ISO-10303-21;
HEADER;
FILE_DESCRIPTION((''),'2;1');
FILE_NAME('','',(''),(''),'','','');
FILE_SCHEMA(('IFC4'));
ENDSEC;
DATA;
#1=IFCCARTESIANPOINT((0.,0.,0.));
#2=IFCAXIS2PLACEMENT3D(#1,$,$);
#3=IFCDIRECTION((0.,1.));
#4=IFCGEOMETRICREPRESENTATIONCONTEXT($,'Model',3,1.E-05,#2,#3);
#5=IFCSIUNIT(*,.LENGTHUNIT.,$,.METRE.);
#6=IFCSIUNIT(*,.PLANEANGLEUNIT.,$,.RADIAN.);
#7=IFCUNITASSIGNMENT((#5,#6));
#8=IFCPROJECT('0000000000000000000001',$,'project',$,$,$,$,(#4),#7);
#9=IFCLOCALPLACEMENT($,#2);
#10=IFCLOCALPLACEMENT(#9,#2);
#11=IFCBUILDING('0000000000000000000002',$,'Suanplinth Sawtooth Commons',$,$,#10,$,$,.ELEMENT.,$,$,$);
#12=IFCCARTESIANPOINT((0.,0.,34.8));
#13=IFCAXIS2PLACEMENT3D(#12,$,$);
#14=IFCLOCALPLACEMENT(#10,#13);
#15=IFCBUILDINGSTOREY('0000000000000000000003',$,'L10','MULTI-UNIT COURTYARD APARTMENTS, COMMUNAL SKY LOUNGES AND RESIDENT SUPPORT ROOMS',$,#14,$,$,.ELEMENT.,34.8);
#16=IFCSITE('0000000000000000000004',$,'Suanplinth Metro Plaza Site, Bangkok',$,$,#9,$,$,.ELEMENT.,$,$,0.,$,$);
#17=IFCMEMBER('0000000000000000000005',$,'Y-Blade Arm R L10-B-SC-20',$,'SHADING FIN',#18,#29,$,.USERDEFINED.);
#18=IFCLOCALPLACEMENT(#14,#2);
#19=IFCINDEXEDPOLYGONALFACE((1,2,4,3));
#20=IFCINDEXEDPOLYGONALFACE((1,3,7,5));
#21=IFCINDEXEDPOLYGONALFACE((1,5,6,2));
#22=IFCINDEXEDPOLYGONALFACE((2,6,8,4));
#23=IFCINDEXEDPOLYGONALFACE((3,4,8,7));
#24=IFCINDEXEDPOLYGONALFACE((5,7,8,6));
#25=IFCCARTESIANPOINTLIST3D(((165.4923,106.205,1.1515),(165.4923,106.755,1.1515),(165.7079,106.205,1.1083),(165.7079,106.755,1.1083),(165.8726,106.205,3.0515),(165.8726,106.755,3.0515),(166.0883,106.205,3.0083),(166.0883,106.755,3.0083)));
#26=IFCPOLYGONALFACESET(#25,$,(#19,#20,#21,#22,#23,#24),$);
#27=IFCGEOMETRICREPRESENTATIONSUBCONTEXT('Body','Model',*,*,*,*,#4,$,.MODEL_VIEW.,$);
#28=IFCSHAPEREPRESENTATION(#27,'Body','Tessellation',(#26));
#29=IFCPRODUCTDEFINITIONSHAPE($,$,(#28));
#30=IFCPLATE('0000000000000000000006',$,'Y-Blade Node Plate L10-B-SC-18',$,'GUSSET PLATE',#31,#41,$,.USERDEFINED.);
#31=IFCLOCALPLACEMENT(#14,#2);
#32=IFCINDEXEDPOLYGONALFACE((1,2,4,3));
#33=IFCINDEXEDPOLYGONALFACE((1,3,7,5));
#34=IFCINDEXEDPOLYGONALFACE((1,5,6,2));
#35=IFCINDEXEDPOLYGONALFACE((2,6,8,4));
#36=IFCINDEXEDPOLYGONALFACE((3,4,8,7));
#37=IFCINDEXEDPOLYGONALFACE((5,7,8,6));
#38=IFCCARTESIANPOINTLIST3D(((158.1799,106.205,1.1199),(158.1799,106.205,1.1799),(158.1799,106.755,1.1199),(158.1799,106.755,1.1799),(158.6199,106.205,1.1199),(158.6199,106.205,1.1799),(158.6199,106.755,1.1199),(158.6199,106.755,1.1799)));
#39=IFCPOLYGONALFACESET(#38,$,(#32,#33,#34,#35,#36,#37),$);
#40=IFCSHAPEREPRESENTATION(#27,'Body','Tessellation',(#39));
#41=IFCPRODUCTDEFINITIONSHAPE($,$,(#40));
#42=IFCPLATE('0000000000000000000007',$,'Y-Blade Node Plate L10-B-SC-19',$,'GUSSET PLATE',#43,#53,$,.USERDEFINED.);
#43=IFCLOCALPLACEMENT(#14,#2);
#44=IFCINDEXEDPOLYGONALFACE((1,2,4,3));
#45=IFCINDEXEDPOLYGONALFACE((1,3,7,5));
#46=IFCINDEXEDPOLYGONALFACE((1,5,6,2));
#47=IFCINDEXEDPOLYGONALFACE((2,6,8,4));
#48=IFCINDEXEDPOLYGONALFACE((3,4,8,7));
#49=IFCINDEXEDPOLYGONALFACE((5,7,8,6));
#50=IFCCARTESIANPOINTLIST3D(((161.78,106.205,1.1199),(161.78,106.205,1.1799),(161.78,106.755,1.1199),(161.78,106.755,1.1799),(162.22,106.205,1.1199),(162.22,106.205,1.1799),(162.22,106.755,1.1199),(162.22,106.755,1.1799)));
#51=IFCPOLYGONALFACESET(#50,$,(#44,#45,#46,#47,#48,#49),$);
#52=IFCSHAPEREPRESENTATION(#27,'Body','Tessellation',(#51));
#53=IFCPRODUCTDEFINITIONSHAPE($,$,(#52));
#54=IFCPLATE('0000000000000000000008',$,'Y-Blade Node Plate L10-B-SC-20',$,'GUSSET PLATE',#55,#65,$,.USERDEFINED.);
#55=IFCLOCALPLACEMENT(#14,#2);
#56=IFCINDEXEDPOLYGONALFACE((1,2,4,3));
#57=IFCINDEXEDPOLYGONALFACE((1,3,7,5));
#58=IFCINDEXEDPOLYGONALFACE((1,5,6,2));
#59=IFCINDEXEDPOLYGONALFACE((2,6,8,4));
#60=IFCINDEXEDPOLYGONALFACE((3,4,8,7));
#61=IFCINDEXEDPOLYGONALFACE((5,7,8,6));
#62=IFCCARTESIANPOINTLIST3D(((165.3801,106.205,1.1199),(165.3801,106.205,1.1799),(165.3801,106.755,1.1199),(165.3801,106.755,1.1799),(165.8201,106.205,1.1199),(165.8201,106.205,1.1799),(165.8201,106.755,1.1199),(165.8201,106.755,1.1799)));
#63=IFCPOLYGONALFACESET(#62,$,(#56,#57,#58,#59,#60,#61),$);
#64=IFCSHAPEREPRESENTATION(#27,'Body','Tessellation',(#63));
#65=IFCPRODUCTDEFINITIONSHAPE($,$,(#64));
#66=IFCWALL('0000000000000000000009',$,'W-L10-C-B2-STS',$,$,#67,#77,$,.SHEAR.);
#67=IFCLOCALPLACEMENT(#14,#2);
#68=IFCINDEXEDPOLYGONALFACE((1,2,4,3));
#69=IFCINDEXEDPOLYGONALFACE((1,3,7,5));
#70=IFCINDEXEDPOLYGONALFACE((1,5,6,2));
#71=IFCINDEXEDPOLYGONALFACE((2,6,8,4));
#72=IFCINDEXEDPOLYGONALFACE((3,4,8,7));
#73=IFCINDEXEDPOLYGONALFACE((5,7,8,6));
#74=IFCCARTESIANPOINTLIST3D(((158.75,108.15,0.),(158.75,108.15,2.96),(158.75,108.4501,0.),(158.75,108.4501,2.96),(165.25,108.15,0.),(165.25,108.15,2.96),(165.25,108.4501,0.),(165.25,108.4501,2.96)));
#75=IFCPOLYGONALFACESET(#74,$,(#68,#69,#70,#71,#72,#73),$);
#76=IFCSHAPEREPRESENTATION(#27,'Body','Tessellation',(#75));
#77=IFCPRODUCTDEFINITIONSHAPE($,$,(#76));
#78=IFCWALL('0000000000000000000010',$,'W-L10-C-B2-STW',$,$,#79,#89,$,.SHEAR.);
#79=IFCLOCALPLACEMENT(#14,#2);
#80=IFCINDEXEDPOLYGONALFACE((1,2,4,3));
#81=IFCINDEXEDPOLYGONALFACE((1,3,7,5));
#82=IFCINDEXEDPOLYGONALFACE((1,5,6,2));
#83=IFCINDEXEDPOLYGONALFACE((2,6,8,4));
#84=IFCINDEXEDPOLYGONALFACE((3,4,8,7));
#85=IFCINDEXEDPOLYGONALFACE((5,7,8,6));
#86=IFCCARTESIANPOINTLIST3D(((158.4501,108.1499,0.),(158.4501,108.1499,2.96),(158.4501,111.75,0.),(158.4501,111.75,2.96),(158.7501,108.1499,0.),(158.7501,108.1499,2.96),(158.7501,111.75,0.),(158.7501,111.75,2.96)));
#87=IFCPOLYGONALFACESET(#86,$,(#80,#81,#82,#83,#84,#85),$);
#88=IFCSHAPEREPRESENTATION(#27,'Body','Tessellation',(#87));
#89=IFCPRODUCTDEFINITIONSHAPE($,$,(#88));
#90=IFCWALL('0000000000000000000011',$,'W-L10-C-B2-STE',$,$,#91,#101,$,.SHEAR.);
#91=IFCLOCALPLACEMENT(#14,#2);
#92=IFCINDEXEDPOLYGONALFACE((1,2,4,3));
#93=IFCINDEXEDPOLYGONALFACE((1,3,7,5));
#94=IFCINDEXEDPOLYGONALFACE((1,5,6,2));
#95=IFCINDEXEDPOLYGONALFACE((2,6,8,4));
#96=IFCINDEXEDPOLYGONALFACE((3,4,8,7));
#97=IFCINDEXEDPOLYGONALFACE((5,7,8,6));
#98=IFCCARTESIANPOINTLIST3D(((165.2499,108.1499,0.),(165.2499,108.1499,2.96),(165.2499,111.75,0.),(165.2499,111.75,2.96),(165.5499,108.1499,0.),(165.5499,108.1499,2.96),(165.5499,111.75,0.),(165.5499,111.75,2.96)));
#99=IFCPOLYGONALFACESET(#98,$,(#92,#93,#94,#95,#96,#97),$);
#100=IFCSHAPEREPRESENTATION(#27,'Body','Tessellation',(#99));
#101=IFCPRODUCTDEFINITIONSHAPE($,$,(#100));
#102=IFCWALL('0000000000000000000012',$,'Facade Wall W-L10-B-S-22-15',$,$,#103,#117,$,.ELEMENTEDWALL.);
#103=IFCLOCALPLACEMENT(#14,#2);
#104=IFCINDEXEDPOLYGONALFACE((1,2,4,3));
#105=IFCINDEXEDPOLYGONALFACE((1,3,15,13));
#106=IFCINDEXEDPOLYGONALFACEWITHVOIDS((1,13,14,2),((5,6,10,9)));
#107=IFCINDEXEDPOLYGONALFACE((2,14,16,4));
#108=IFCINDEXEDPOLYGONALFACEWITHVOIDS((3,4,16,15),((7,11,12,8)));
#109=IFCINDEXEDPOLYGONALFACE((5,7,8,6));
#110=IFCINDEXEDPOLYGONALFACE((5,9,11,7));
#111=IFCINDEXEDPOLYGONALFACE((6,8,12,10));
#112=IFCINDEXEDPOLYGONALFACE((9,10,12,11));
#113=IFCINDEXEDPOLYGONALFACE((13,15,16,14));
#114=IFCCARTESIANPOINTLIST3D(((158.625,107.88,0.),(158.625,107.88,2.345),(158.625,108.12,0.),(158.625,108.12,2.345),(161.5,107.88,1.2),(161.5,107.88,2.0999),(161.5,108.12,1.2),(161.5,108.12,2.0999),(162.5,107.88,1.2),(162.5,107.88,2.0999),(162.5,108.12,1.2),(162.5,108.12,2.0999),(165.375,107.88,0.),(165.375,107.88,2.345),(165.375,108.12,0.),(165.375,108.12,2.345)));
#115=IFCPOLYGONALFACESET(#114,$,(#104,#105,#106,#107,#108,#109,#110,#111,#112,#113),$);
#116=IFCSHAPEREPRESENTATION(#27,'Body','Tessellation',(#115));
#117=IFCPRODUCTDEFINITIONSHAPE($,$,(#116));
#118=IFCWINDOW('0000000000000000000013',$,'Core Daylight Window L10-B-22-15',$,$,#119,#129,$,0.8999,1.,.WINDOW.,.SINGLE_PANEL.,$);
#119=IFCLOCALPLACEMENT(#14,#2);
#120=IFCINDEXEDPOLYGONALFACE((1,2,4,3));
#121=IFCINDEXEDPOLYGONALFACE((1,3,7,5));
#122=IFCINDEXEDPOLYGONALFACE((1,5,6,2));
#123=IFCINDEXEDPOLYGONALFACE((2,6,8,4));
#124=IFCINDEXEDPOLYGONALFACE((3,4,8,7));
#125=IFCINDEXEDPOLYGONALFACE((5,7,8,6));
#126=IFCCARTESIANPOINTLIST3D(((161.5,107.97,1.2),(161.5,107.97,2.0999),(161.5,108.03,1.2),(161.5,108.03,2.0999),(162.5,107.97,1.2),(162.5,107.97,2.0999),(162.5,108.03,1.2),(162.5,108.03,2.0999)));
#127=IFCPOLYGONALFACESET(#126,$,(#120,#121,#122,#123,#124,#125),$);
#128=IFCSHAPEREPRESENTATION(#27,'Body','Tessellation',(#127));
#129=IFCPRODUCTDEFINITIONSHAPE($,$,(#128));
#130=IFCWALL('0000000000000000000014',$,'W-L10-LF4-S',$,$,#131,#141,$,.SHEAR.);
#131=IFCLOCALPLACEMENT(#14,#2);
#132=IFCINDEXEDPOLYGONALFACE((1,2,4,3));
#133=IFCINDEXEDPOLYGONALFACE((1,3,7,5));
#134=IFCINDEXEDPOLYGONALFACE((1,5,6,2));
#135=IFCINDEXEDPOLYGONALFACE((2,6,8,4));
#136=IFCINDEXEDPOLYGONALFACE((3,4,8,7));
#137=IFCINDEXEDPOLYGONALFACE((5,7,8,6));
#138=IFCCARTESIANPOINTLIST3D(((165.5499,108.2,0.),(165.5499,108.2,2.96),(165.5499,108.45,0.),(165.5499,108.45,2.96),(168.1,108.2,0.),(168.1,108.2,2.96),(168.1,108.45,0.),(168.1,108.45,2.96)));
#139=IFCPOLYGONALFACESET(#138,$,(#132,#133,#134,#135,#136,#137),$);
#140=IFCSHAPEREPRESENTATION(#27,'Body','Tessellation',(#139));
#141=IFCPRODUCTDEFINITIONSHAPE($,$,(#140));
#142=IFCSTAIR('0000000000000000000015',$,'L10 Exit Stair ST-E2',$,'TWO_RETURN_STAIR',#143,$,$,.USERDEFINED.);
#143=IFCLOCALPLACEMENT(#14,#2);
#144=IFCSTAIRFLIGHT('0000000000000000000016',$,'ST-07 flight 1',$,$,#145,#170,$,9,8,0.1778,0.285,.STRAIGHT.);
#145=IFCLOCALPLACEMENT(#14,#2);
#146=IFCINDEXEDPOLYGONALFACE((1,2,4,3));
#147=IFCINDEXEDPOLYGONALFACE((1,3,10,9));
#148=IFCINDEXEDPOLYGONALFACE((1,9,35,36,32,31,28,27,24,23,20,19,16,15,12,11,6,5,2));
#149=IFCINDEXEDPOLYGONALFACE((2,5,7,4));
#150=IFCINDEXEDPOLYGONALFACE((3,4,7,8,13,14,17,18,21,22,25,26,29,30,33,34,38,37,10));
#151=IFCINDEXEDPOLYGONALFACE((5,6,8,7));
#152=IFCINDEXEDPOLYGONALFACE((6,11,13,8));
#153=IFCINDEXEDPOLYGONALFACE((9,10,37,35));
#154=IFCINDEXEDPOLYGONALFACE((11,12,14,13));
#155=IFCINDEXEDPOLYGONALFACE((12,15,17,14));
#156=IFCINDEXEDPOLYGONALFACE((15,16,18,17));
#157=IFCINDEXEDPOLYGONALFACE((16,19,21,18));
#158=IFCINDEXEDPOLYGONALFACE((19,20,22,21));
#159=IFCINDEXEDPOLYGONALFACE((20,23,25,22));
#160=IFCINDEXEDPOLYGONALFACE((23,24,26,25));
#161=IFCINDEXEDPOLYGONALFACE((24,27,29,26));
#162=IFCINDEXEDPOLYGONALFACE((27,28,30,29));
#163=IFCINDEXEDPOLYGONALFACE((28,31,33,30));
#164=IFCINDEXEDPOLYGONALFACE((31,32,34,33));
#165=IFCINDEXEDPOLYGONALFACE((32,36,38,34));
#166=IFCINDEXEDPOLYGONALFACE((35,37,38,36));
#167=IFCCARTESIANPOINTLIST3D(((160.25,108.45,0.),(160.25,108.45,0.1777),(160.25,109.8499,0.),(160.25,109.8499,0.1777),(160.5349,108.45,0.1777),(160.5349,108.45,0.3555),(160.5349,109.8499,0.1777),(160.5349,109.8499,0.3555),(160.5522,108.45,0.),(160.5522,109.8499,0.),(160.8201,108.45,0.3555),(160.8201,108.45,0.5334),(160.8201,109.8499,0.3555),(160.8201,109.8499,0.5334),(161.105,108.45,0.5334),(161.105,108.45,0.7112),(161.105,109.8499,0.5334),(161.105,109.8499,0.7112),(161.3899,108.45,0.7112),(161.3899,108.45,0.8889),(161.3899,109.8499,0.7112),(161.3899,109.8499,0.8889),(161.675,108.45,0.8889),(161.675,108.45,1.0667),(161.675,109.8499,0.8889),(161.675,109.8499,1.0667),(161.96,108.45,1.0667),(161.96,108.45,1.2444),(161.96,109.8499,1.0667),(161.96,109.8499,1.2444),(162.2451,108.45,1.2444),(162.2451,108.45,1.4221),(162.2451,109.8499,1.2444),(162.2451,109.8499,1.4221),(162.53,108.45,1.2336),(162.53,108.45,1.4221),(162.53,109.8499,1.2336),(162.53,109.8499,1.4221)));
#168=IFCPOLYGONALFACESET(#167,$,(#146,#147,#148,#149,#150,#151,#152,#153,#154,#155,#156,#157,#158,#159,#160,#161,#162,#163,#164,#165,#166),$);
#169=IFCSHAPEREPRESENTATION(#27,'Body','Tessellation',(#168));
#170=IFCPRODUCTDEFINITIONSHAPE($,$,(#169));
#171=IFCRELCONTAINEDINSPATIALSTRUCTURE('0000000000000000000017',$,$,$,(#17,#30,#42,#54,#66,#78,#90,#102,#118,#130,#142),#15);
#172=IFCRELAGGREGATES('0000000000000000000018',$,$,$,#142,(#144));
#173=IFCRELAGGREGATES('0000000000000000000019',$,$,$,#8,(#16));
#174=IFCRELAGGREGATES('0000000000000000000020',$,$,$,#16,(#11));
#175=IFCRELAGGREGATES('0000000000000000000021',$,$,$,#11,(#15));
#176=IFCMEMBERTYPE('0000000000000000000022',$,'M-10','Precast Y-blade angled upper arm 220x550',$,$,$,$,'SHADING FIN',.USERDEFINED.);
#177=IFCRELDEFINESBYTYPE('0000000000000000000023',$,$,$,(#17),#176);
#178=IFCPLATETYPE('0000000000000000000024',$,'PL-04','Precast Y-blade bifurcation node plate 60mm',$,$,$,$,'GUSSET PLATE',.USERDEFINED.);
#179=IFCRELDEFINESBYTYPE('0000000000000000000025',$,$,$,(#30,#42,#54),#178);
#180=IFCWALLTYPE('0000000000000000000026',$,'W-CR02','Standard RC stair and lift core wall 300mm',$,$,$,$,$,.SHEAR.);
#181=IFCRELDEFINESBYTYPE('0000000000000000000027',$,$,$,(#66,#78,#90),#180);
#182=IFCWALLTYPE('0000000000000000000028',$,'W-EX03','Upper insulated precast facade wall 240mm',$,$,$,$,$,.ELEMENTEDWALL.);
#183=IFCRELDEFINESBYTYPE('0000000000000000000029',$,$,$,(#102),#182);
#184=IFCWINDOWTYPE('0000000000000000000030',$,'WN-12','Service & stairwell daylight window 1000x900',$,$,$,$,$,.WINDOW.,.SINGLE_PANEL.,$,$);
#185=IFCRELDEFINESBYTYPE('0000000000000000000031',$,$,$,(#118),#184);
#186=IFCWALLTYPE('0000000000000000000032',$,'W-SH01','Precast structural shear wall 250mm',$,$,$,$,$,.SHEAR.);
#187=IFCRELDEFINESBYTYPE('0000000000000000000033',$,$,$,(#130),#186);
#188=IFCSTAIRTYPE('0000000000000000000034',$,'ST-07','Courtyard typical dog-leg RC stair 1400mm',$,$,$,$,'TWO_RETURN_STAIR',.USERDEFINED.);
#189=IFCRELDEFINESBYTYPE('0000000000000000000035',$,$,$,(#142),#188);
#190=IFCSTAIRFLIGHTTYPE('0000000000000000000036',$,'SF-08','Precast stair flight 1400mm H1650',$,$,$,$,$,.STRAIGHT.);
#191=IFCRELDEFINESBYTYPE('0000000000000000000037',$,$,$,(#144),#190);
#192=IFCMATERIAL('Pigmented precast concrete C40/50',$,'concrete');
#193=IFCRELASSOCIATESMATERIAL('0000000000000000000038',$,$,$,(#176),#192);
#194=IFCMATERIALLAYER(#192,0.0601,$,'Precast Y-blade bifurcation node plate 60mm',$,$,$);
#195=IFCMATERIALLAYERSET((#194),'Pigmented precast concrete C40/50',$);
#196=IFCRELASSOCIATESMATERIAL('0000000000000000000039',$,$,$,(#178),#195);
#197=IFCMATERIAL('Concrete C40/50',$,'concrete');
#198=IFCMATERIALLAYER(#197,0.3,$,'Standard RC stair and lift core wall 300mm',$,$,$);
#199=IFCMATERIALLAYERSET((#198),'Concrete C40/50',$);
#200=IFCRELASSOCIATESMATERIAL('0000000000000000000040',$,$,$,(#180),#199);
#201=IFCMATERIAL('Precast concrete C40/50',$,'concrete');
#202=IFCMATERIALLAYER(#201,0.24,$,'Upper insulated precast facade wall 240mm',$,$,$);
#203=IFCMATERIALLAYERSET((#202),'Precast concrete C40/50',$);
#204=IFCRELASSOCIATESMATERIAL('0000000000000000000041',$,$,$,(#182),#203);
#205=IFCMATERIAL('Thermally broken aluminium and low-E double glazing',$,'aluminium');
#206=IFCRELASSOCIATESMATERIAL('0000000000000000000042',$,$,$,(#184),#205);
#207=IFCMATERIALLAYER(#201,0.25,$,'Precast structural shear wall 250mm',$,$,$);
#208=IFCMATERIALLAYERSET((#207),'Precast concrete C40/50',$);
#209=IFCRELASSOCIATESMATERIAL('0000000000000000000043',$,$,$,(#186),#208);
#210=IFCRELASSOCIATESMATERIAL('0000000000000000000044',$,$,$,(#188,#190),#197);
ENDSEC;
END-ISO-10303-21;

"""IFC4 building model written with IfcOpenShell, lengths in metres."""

from ifc_helpers import new_model, si_unit, direction, frame, frame_2d, origin, origin_2d, place, context, subcontext, project, spatial, polyline, rectangle, outline, extrude, material, layer, layer_set, material_profile, profile_set, type_object, element, fill, aggregate, save


model = new_model("IFC4")

# Units and contexts
model_context = context("Model", 3, precision=1e-05, world=origin(), true_north=direction((0.0, 1.0)))
body_context = subcontext(model_context, "Body", "Model", "MODEL_VIEW")
ifc_project = project(units=[si_unit("LENGTHUNIT", "METRE"), si_unit("PLANEANGLEUNIT", "RADIAN")], contexts=[model_context])

# Site, building, storey
site_placement = place(None, origin())
site = spatial("IfcSite", under=ifc_project, at=site_placement, Name="Suanplinth Metro Plaza Site, Bangkok", CompositionType="ELEMENT", RefElevation=0.0)
building_placement = place(site_placement, origin())
building = spatial("IfcBuilding", under=site, at=building_placement, Name="Suanplinth Sawtooth Commons", CompositionType="ELEMENT")
storey_placement = place(building_placement, frame((0.0, 0.0, 34.8)))
storey = spatial("IfcBuildingStorey", under=building, at=storey_placement, Name="L10", Description="MULTI-UNIT COURTYARD APARTMENTS, COMMUNAL SKY LOUNGES AND RESIDENT SUPPORT ROOMS", CompositionType="ELEMENT", Elevation=34.8)

# Shared definitions
ifc_material_1 = material(Name="Precast concrete C40/50", Category="concrete")

# Member
ifc_material_2 = material(Name="Pigmented precast concrete C40/50", Category="concrete")
ifc_material_profile_1 = material_profile(ifc_material_2, rectangle(XDim=0.22, YDim=0.55, at=origin_2d()), Name="PC-FIN 220x550")
ifc_profile_set_1 = profile_set([ifc_material_profile_1], Name="Pigmented precast concrete C40/50")
member_type_1 = type_object("IfcMemberType", Name="M-10", Description="Precast Y-blade angled upper arm 220x550", ElementType="SHADING FIN", PredefinedType="USERDEFINED", material=ifc_profile_set_1)
member_1_placement = place(storey_placement, frame((165.6001, 106.48, 1.1299), z_axis=(0.196286, 0.0, 0.980547), x_axis=(-0.980547, 0.0, 0.196286)))
element("IfcMember", 1, at=member_1_placement, inside=storey, type_object=member_type_1, Name="Y-Blade Arm R L10-B-SC-20", ObjectType="SHADING FIN", PredefinedType="USERDEFINED", context=body_context, shape_type="SweptSolid", body=[
    extrude(rectangle(XDim=0.22, YDim=0.55, at=origin_2d()), origin(), (0.0, 0.0, 1.0), 1.9377),
])

# Plates
ifc_layer_1 = layer(ifc_material_2, 0.0601, Name="Precast Y-blade bifurcation node plate 60mm")
ifc_layer_set_1 = layer_set([ifc_layer_1], Name="Pigmented precast concrete C40/50")
plate_type = type_object("IfcPlateType", Name="PL-04", Description="Precast Y-blade bifurcation node plate 60mm", ElementType="GUSSET PLATE", PredefinedType="USERDEFINED", material=ifc_layer_set_1)
for number, where, z_axis, x_axis, name in (
    (2, (158.3999, 106.48, 1.1199), (0.0, 0.0, 1.0), (1.0, 0.0, 0.0), "Y-Blade Node Plate L10-B-SC-18"),
    (3, (162.0, 106.48, 1.1199), (0.0, 0.0, 1.0), (1.0, 0.0, 0.0), "Y-Blade Node Plate L10-B-SC-19"),
    (4, (165.6001, 106.48, 1.1199), (0.0, 0.0, 1.0), (1.0, 0.0, 0.0), "Y-Blade Node Plate L10-B-SC-20"),
):
    element("IfcPlate", number, at=place(storey_placement, frame(where, z_axis=z_axis, x_axis=x_axis)), inside=storey, type_object=plate_type, Name=name, ObjectType="GUSSET PLATE", PredefinedType="USERDEFINED", context=body_context, shape_type="SweptSolid", body=[
        extrude(rectangle(XDim=0.4399, YDim=0.55, at=origin_2d()), origin(), (0.0, 0.0, 1.0), 0.0601),
    ])

# Walls
ifc_material_3 = material(Name="Concrete C40/50", Category="concrete")
ifc_layer_2 = layer(ifc_material_3, 0.3, Name="Standard RC stair and lift core wall 300mm")
ifc_layer_set_2 = layer_set([ifc_layer_2], Name="Concrete C40/50")
wall_type_1 = type_object("IfcWallType", Name="W-CR02", Description="Standard RC stair and lift core wall 300mm", PredefinedType="SHEAR", material=ifc_layer_set_2)
wall_1_placement = place(storey_placement, frame((158.75, 108.3, 0.0), z_axis=(0.0, 0.0, 1.0), x_axis=(1.0, 0.0, 0.0)))
element("IfcWall", 5, at=wall_1_placement, inside=storey, type_object=wall_type_1, Name="W-L10-C-B2-STS", PredefinedType="SHEAR", context=body_context, shape_type="SweptSolid", body=[
    extrude(rectangle(XDim=6.5, YDim=0.3, at=frame_2d((3.25, 0.0))), origin(), (0.0, 0.0, 1.0), 2.96),
])
for number, where, z_axis, x_axis, name in (
    (6, (158.6001, 108.1499, 0.0), (0.0, 0.0, 1.0), (0.0, 1.0, 0.0), "W-L10-C-B2-STW"),
    (7, (165.3999, 108.1499, 0.0), (0.0, 0.0, 1.0), (0.0, 1.0, 0.0), "W-L10-C-B2-STE"),
):
    element("IfcWall", number, at=place(storey_placement, frame(where, z_axis=z_axis, x_axis=x_axis)), inside=storey, type_object=wall_type_1, Name=name, PredefinedType="SHEAR", context=body_context, shape_type="SweptSolid", body=[
        extrude(rectangle(XDim=3.6001, YDim=0.3, at=frame_2d((1.8, 0.0))), origin(), (0.0, 0.0, 1.0), 2.96),
    ])

# Shared definitions
ifc_layer_3 = layer(ifc_material_1, 0.24, Name="Upper insulated precast facade wall 240mm")
ifc_layer_set_3 = layer_set([ifc_layer_3], Name="Precast concrete C40/50")
wall_type_2 = type_object("IfcWallType", Name="W-EX03", Description="Upper insulated precast facade wall 240mm", PredefinedType="ELEMENTEDWALL", material=ifc_layer_set_3)
ifc_material_4 = material(Name="Thermally broken aluminium and low-E double glazing", Category="aluminium")

# Wall, opening, window
wall_2_placement = place(storey_placement, frame((158.625, 108.0, 0.0), z_axis=(0.0, 0.0, 1.0), x_axis=(1.0, 0.0, 0.0)))
wall_2 = element("IfcWall", 8, at=wall_2_placement, inside=storey, type_object=wall_type_2, Name="Facade Wall W-L10-B-S-22-15", PredefinedType="ELEMENTEDWALL", context=body_context, shape_type="SweptSolid", body=[
    extrude(rectangle(XDim=6.75, YDim=0.24, at=frame_2d((3.375, 0.0))), origin(), (0.0, 0.0, 1.0), 2.345),
])
opening_1_placement = place(wall_2_placement, frame((2.875, 0.0, 1.2)))
opening_1 = element("IfcOpeningElement", 9, at=opening_1_placement, cuts=wall_2, PredefinedType="OPENING", context=body_context, shape_type="SweptSolid", body=[
    extrude(rectangle(XDim=1.0, YDim=0.8999, at=frame_2d((0.5, 0.45))), frame((0.0, 0.1348, 0.0), z_axis=(0.0, -1.0, 0.0), x_axis=(1.0, 0.0, 0.0)), (0.0, 0.0, 1.0), 0.2698),
])
window_type_1 = type_object("IfcWindowType", Name="WN-12", Description="Service & stairwell daylight window 1000x900", PartitioningType="SINGLE_PANEL", PredefinedType="WINDOW", material=ifc_material_4)
window_1_placement = place(opening_1_placement, origin())
window_1 = element("IfcWindow", 10, at=window_1_placement, inside=storey, type_object=window_type_1, Name="Core Daylight Window L10-B-22-15", OverallHeight=0.8999, OverallWidth=1.0, PartitioningType="SINGLE_PANEL", PredefinedType="WINDOW", context=body_context, shape_type="SweptSolid", body=[
    extrude(rectangle(XDim=1.0, YDim=0.8999, at=frame_2d((0.5, 0.45))), frame((0.0, 0.03, 0.0), z_axis=(0.0, -1.0, 0.0), x_axis=(1.0, 0.0, 0.0)), (0.0, 0.0, 1.0), 0.0601),
])
fill(opening_1, window_1)

# Wall
ifc_layer_4 = layer(ifc_material_1, 0.25, Name="Precast structural shear wall 250mm")
ifc_layer_set_4 = layer_set([ifc_layer_4], Name="Precast concrete C40/50")
wall_type_3 = type_object("IfcWallType", Name="W-SH01", Description="Precast structural shear wall 250mm", PredefinedType="SHEAR", material=ifc_layer_set_4)
wall_3_placement = place(storey_placement, frame((165.55, 108.325, 0.0), z_axis=(0.0, 0.0, 1.0), x_axis=(1.0, 0.0, 0.0)))
element("IfcWall", 11, at=wall_3_placement, inside=storey, type_object=wall_type_3, Name="W-L10-LF4-S", PredefinedType="SHEAR", context=body_context, shape_type="SweptSolid", body=[
    extrude(rectangle(XDim=2.55, YDim=0.25, at=frame_2d((1.2749, 0.0))), origin(), (0.0, 0.0, 1.0), 2.96),
])

# Stair, stair flight
stair_type = type_object("IfcStairType", Name="ST-07", Description="Courtyard typical dog-leg RC stair 1400mm", ElementType="TWO_RETURN_STAIR", PredefinedType="USERDEFINED", material=ifc_material_3)
stair_placement = place(storey_placement, origin())
stair = element("IfcStair", 12, at=stair_placement, inside=storey, type_object=stair_type, Name="L10 Exit Stair ST-E2", ObjectType="TWO_RETURN_STAIR", PredefinedType="USERDEFINED")
stair_flight_type = type_object("IfcStairFlightType", Name="SF-08", Description="Precast stair flight 1400mm H1650", PredefinedType="STRAIGHT", material=ifc_material_3)
stair_flight_placement = place(storey_placement, frame((160.25, 109.1499, 0.0), z_axis=(0.0, 0.0, 1.0), x_axis=(1.0, 0.0, 0.0)))
stair_flight = element("IfcStairFlight", 13, at=stair_flight_placement, type_object=stair_flight_type, Name="ST-07 flight 1", NumberOfRisers=9, NumberOfTreads=8, PredefinedType="STRAIGHT", RiserHeight=0.1778, TreadLength=0.285, context=body_context, shape_type="SweptSolid", body=[
    extrude(outline(polyline([(0.0, 0.0), (0.0, 0.1777), (0.2849, 0.1777), (0.2849, 0.3555), (0.5701, 0.3555), (0.5701, 0.5334), (0.855, 0.5334), (0.855, 0.7112), (1.1399, 0.7112), (1.1399, 0.8889), (1.425, 0.8889), (1.425, 1.0667), (1.71, 1.0667), (1.71, 1.2444), (1.9951, 1.2444), (1.9951, 1.4221), (2.28, 1.4221), (2.28, 1.6001), (2.28, 1.2336), (0.3022, 0.0), (0.0, 0.0)])), frame((0.0, 0.7, 0.0), z_axis=(0.0, -1.0, 0.0), x_axis=(1.0, 0.0, 0.0)), (0.0, 0.0, 1.0), 1.3999),
])
aggregate(stair, [stair_flight])

save(model, "model.ifc")
